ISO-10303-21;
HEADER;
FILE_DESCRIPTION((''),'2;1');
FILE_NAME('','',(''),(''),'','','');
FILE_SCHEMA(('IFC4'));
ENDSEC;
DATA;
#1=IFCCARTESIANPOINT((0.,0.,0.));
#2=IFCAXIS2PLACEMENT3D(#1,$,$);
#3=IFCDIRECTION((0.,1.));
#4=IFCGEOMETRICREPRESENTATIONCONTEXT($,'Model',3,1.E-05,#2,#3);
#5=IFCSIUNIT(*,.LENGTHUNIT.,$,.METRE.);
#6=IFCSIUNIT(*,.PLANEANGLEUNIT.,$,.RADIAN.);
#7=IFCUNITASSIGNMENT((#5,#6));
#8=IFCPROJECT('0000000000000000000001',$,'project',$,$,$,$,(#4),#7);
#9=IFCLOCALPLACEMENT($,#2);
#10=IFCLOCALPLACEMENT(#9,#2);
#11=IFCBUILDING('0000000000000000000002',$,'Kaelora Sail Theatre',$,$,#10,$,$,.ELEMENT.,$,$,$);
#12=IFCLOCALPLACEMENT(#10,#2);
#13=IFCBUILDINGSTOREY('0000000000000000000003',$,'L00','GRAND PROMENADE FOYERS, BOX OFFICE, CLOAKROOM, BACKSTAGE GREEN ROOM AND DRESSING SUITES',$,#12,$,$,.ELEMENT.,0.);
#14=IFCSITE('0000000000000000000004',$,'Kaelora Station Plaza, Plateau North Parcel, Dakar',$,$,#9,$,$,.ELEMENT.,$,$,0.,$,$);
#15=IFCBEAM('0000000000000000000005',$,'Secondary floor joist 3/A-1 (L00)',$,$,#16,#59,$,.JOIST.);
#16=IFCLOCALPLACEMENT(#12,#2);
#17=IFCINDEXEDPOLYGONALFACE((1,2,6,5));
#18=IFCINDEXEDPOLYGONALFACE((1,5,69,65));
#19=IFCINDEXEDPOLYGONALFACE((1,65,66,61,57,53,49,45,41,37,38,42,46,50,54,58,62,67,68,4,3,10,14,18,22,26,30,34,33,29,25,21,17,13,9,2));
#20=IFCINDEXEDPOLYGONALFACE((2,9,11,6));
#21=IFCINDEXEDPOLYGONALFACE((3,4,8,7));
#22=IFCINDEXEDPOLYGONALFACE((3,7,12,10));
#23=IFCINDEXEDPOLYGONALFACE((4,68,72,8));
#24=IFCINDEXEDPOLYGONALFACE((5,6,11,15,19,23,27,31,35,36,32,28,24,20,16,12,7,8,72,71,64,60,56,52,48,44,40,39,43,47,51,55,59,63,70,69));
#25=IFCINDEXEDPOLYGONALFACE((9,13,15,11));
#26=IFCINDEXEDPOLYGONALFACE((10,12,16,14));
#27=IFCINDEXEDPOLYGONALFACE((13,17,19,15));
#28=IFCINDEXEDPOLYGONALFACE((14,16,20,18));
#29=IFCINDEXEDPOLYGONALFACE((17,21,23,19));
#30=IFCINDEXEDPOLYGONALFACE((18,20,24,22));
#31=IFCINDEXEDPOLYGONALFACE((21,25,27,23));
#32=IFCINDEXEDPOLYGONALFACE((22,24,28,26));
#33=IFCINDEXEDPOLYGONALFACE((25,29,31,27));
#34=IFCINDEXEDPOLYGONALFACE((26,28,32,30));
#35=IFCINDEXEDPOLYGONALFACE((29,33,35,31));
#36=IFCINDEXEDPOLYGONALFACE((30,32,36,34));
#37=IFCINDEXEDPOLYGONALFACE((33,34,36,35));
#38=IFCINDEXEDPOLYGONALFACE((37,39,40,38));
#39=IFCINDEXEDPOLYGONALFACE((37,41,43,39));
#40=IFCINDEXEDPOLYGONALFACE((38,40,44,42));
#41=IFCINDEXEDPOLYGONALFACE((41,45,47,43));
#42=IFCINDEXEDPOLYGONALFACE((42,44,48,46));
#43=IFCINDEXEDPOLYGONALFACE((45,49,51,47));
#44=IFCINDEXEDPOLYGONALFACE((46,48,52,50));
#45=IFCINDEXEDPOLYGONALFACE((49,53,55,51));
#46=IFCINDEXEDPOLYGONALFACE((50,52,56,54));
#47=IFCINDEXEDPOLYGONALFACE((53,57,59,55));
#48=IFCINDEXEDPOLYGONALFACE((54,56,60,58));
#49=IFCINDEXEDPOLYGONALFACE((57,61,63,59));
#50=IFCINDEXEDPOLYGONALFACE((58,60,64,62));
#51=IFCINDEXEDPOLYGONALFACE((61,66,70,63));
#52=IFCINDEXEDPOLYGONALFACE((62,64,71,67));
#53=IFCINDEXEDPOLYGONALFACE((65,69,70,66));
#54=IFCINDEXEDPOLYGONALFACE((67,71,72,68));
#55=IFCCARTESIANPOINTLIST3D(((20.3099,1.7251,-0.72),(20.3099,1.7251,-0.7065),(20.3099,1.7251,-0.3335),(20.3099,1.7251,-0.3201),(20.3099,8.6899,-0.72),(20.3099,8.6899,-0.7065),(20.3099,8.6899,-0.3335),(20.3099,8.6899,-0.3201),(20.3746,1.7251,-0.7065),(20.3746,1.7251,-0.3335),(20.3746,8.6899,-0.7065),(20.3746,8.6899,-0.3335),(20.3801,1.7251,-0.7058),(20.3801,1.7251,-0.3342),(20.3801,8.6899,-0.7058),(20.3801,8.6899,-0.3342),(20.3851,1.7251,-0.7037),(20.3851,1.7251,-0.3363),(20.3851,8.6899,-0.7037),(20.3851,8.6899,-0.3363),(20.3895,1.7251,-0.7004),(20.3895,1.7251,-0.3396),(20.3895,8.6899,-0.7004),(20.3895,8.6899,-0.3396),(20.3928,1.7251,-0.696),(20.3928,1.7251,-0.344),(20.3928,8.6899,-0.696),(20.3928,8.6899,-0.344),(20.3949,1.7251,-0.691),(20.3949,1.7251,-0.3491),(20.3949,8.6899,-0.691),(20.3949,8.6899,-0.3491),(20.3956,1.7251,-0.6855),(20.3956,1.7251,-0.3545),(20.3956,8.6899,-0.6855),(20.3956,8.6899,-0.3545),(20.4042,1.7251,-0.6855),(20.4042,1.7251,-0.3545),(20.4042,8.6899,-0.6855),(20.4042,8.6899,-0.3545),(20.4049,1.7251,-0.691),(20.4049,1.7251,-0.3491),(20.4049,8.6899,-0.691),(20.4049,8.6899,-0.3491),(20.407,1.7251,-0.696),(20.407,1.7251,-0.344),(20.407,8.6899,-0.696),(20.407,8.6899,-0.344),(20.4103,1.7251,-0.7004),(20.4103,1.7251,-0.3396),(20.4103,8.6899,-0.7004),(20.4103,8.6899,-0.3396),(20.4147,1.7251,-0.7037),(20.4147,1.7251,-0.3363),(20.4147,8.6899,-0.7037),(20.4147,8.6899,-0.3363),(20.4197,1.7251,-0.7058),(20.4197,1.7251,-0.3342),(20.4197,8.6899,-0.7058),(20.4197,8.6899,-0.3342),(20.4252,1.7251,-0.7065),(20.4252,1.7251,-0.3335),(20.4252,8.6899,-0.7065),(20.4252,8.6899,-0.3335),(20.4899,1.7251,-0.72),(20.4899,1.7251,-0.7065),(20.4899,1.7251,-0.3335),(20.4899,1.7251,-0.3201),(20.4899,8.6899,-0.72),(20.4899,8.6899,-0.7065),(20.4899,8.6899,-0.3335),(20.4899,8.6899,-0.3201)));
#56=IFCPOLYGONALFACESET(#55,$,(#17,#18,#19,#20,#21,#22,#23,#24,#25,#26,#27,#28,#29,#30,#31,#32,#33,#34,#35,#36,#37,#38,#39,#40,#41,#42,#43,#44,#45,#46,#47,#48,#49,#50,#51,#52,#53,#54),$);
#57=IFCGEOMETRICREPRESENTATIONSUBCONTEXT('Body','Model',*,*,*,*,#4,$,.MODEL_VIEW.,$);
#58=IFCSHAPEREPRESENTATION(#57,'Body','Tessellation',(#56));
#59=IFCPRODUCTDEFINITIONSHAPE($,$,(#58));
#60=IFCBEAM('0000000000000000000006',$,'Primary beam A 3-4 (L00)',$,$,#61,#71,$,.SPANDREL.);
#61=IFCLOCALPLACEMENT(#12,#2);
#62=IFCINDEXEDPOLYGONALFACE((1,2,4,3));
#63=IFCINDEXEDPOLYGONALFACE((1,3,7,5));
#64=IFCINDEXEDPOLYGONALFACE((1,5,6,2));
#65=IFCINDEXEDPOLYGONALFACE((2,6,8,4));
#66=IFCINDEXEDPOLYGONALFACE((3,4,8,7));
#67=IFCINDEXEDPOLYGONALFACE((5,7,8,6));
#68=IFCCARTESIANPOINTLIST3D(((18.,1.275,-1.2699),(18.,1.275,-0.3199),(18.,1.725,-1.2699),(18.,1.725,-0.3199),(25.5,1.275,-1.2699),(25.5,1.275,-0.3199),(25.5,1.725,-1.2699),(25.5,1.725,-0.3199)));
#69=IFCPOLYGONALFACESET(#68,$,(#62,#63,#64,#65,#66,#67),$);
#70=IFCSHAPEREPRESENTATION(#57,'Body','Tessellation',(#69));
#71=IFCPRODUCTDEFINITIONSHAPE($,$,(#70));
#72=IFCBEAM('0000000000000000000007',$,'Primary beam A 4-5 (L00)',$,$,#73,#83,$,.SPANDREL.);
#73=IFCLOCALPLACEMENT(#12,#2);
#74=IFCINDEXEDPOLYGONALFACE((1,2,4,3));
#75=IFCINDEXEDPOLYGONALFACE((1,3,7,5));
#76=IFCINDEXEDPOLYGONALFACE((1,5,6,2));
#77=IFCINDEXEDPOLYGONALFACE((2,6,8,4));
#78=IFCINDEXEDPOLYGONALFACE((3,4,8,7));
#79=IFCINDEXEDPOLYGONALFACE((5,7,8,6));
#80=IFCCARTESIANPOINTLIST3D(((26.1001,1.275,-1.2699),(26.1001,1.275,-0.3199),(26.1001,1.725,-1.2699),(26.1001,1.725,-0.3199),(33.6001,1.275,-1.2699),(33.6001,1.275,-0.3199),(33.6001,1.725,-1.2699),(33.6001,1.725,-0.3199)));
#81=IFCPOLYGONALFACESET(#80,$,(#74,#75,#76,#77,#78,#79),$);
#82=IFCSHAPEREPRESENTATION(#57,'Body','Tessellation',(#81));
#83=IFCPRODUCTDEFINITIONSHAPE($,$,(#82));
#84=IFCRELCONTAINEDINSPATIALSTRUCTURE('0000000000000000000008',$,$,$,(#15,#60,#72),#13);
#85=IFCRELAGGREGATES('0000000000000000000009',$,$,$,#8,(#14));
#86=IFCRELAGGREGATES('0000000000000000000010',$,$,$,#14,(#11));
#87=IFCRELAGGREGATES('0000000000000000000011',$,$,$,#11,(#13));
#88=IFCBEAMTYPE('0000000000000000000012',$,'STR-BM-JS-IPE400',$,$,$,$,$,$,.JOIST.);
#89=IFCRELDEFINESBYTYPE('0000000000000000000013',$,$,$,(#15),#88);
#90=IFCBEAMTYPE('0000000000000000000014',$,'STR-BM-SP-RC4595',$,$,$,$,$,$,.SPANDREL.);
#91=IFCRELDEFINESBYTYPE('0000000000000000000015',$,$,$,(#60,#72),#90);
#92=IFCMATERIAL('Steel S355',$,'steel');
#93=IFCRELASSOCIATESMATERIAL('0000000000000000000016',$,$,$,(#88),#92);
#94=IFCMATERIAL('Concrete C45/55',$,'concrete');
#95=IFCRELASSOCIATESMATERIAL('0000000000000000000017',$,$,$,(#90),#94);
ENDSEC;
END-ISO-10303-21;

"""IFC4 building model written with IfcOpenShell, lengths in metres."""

from ifc_helpers import new_model, si_unit, direction, frame, origin, origin_2d, place, context, subcontext, project, spatial, rectangle, i_section, extrude, material, material_profile, profile_set, type_object, element, save


model = new_model("IFC4")

# Units and contexts
model_context = context("Model", 3, precision=1e-05, world=origin(), true_north=direction((0.0, 1.0)))
body_context = subcontext(model_context, "Body", "Model", "MODEL_VIEW")
ifc_project = project(units=[si_unit("LENGTHUNIT", "METRE"), si_unit("PLANEANGLEUNIT", "RADIAN")], contexts=[model_context])

# Site, building, storey
site_placement = place(None, origin())
site = spatial("IfcSite", under=ifc_project, at=site_placement, Name="Kaelora Station Plaza, Plateau North Parcel, Dakar", CompositionType="ELEMENT", RefElevation=0.0)
building_placement = place(site_placement, origin())
building = spatial("IfcBuilding", under=site, at=building_placement, Name="Kaelora Sail Theatre", CompositionType="ELEMENT")
storey_placement = place(building_placement, origin())
storey = spatial("IfcBuildingStorey", under=building, at=storey_placement, Name="L00", Description="GRAND PROMENADE FOYERS, BOX OFFICE, CLOAKROOM, BACKSTAGE GREEN ROOM AND DRESSING SUITES", CompositionType="ELEMENT", Elevation=0.0)

# Beams
ifc_material_1 = material(Name="Steel S355", Category="steel")
ifc_material_profile_1 = material_profile(ifc_material_1, i_section(OverallWidth=0.1799, OverallDepth=0.3999, WebThickness=0.0085, FlangeThickness=0.0134, FilletRadius=0.021, at=origin_2d()), Name="IPE 400")
ifc_profile_set_1 = profile_set([ifc_material_profile_1], Name="Steel S355")
beam_type_1 = type_object("IfcBeamType", Name="STR-BM-JS-IPE400", PredefinedType="JOIST", material=ifc_profile_set_1)
beam_1_placement = place(storey_placement, frame((20.3999, 1.7251, -0.52), z_axis=(0.0, 1.0, 0.0), x_axis=(-1.0, 0.0, 0.0)))
element("IfcBeam", 1, at=beam_1_placement, inside=storey, type_object=beam_type_1, Name="Secondary floor joist 3/A-1 (L00)", PredefinedType="JOIST", context=body_context, shape_type="SweptSolid", body=[
    extrude(i_section(OverallWidth=0.1799, OverallDepth=0.3999, WebThickness=0.0085, FlangeThickness=0.0134, FilletRadius=0.021, at=origin_2d()), origin(), (0.0, 0.0, 1.0), 6.9648),
])
ifc_material_2 = material(Name="Concrete C45/55", Category="concrete")
ifc_material_profile_2 = material_profile(ifc_material_2, rectangle(XDim=0.45, YDim=0.95, at=origin_2d()), Name="RC-SPN 450x950")
ifc_profile_set_2 = profile_set([ifc_material_profile_2], Name="Concrete C45/55")
beam_type_2 = type_object("IfcBeamType", Name="STR-BM-SP-RC4595", PredefinedType="SPANDREL", material=ifc_profile_set_2)
for number, where, z_axis, x_axis, name in (
    (2, (18.0, 1.5, -0.7949), (1.0, 0.0, 0.0), (0.0, 1.0, 0.0), "Primary beam A 3-4 (L00)"),
    (3, (26.1001, 1.5, -0.7949), (1.0, 0.0, 0.0), (0.0, 1.0, 0.0), "Primary beam A 4-5 (L00)"),
):
    element("IfcBeam", number, at=place(storey_placement, frame(where, z_axis=z_axis, x_axis=x_axis)), inside=storey, type_object=beam_type_2, Name=name, PredefinedType="SPANDREL", context=body_context, shape_type="SweptSolid", body=[
        extrude(rectangle(XDim=0.45, YDim=0.95, at=origin_2d()), origin(), (0.0, 0.0, 1.0), 7.5),
    ])

save(model, "model.ifc")
